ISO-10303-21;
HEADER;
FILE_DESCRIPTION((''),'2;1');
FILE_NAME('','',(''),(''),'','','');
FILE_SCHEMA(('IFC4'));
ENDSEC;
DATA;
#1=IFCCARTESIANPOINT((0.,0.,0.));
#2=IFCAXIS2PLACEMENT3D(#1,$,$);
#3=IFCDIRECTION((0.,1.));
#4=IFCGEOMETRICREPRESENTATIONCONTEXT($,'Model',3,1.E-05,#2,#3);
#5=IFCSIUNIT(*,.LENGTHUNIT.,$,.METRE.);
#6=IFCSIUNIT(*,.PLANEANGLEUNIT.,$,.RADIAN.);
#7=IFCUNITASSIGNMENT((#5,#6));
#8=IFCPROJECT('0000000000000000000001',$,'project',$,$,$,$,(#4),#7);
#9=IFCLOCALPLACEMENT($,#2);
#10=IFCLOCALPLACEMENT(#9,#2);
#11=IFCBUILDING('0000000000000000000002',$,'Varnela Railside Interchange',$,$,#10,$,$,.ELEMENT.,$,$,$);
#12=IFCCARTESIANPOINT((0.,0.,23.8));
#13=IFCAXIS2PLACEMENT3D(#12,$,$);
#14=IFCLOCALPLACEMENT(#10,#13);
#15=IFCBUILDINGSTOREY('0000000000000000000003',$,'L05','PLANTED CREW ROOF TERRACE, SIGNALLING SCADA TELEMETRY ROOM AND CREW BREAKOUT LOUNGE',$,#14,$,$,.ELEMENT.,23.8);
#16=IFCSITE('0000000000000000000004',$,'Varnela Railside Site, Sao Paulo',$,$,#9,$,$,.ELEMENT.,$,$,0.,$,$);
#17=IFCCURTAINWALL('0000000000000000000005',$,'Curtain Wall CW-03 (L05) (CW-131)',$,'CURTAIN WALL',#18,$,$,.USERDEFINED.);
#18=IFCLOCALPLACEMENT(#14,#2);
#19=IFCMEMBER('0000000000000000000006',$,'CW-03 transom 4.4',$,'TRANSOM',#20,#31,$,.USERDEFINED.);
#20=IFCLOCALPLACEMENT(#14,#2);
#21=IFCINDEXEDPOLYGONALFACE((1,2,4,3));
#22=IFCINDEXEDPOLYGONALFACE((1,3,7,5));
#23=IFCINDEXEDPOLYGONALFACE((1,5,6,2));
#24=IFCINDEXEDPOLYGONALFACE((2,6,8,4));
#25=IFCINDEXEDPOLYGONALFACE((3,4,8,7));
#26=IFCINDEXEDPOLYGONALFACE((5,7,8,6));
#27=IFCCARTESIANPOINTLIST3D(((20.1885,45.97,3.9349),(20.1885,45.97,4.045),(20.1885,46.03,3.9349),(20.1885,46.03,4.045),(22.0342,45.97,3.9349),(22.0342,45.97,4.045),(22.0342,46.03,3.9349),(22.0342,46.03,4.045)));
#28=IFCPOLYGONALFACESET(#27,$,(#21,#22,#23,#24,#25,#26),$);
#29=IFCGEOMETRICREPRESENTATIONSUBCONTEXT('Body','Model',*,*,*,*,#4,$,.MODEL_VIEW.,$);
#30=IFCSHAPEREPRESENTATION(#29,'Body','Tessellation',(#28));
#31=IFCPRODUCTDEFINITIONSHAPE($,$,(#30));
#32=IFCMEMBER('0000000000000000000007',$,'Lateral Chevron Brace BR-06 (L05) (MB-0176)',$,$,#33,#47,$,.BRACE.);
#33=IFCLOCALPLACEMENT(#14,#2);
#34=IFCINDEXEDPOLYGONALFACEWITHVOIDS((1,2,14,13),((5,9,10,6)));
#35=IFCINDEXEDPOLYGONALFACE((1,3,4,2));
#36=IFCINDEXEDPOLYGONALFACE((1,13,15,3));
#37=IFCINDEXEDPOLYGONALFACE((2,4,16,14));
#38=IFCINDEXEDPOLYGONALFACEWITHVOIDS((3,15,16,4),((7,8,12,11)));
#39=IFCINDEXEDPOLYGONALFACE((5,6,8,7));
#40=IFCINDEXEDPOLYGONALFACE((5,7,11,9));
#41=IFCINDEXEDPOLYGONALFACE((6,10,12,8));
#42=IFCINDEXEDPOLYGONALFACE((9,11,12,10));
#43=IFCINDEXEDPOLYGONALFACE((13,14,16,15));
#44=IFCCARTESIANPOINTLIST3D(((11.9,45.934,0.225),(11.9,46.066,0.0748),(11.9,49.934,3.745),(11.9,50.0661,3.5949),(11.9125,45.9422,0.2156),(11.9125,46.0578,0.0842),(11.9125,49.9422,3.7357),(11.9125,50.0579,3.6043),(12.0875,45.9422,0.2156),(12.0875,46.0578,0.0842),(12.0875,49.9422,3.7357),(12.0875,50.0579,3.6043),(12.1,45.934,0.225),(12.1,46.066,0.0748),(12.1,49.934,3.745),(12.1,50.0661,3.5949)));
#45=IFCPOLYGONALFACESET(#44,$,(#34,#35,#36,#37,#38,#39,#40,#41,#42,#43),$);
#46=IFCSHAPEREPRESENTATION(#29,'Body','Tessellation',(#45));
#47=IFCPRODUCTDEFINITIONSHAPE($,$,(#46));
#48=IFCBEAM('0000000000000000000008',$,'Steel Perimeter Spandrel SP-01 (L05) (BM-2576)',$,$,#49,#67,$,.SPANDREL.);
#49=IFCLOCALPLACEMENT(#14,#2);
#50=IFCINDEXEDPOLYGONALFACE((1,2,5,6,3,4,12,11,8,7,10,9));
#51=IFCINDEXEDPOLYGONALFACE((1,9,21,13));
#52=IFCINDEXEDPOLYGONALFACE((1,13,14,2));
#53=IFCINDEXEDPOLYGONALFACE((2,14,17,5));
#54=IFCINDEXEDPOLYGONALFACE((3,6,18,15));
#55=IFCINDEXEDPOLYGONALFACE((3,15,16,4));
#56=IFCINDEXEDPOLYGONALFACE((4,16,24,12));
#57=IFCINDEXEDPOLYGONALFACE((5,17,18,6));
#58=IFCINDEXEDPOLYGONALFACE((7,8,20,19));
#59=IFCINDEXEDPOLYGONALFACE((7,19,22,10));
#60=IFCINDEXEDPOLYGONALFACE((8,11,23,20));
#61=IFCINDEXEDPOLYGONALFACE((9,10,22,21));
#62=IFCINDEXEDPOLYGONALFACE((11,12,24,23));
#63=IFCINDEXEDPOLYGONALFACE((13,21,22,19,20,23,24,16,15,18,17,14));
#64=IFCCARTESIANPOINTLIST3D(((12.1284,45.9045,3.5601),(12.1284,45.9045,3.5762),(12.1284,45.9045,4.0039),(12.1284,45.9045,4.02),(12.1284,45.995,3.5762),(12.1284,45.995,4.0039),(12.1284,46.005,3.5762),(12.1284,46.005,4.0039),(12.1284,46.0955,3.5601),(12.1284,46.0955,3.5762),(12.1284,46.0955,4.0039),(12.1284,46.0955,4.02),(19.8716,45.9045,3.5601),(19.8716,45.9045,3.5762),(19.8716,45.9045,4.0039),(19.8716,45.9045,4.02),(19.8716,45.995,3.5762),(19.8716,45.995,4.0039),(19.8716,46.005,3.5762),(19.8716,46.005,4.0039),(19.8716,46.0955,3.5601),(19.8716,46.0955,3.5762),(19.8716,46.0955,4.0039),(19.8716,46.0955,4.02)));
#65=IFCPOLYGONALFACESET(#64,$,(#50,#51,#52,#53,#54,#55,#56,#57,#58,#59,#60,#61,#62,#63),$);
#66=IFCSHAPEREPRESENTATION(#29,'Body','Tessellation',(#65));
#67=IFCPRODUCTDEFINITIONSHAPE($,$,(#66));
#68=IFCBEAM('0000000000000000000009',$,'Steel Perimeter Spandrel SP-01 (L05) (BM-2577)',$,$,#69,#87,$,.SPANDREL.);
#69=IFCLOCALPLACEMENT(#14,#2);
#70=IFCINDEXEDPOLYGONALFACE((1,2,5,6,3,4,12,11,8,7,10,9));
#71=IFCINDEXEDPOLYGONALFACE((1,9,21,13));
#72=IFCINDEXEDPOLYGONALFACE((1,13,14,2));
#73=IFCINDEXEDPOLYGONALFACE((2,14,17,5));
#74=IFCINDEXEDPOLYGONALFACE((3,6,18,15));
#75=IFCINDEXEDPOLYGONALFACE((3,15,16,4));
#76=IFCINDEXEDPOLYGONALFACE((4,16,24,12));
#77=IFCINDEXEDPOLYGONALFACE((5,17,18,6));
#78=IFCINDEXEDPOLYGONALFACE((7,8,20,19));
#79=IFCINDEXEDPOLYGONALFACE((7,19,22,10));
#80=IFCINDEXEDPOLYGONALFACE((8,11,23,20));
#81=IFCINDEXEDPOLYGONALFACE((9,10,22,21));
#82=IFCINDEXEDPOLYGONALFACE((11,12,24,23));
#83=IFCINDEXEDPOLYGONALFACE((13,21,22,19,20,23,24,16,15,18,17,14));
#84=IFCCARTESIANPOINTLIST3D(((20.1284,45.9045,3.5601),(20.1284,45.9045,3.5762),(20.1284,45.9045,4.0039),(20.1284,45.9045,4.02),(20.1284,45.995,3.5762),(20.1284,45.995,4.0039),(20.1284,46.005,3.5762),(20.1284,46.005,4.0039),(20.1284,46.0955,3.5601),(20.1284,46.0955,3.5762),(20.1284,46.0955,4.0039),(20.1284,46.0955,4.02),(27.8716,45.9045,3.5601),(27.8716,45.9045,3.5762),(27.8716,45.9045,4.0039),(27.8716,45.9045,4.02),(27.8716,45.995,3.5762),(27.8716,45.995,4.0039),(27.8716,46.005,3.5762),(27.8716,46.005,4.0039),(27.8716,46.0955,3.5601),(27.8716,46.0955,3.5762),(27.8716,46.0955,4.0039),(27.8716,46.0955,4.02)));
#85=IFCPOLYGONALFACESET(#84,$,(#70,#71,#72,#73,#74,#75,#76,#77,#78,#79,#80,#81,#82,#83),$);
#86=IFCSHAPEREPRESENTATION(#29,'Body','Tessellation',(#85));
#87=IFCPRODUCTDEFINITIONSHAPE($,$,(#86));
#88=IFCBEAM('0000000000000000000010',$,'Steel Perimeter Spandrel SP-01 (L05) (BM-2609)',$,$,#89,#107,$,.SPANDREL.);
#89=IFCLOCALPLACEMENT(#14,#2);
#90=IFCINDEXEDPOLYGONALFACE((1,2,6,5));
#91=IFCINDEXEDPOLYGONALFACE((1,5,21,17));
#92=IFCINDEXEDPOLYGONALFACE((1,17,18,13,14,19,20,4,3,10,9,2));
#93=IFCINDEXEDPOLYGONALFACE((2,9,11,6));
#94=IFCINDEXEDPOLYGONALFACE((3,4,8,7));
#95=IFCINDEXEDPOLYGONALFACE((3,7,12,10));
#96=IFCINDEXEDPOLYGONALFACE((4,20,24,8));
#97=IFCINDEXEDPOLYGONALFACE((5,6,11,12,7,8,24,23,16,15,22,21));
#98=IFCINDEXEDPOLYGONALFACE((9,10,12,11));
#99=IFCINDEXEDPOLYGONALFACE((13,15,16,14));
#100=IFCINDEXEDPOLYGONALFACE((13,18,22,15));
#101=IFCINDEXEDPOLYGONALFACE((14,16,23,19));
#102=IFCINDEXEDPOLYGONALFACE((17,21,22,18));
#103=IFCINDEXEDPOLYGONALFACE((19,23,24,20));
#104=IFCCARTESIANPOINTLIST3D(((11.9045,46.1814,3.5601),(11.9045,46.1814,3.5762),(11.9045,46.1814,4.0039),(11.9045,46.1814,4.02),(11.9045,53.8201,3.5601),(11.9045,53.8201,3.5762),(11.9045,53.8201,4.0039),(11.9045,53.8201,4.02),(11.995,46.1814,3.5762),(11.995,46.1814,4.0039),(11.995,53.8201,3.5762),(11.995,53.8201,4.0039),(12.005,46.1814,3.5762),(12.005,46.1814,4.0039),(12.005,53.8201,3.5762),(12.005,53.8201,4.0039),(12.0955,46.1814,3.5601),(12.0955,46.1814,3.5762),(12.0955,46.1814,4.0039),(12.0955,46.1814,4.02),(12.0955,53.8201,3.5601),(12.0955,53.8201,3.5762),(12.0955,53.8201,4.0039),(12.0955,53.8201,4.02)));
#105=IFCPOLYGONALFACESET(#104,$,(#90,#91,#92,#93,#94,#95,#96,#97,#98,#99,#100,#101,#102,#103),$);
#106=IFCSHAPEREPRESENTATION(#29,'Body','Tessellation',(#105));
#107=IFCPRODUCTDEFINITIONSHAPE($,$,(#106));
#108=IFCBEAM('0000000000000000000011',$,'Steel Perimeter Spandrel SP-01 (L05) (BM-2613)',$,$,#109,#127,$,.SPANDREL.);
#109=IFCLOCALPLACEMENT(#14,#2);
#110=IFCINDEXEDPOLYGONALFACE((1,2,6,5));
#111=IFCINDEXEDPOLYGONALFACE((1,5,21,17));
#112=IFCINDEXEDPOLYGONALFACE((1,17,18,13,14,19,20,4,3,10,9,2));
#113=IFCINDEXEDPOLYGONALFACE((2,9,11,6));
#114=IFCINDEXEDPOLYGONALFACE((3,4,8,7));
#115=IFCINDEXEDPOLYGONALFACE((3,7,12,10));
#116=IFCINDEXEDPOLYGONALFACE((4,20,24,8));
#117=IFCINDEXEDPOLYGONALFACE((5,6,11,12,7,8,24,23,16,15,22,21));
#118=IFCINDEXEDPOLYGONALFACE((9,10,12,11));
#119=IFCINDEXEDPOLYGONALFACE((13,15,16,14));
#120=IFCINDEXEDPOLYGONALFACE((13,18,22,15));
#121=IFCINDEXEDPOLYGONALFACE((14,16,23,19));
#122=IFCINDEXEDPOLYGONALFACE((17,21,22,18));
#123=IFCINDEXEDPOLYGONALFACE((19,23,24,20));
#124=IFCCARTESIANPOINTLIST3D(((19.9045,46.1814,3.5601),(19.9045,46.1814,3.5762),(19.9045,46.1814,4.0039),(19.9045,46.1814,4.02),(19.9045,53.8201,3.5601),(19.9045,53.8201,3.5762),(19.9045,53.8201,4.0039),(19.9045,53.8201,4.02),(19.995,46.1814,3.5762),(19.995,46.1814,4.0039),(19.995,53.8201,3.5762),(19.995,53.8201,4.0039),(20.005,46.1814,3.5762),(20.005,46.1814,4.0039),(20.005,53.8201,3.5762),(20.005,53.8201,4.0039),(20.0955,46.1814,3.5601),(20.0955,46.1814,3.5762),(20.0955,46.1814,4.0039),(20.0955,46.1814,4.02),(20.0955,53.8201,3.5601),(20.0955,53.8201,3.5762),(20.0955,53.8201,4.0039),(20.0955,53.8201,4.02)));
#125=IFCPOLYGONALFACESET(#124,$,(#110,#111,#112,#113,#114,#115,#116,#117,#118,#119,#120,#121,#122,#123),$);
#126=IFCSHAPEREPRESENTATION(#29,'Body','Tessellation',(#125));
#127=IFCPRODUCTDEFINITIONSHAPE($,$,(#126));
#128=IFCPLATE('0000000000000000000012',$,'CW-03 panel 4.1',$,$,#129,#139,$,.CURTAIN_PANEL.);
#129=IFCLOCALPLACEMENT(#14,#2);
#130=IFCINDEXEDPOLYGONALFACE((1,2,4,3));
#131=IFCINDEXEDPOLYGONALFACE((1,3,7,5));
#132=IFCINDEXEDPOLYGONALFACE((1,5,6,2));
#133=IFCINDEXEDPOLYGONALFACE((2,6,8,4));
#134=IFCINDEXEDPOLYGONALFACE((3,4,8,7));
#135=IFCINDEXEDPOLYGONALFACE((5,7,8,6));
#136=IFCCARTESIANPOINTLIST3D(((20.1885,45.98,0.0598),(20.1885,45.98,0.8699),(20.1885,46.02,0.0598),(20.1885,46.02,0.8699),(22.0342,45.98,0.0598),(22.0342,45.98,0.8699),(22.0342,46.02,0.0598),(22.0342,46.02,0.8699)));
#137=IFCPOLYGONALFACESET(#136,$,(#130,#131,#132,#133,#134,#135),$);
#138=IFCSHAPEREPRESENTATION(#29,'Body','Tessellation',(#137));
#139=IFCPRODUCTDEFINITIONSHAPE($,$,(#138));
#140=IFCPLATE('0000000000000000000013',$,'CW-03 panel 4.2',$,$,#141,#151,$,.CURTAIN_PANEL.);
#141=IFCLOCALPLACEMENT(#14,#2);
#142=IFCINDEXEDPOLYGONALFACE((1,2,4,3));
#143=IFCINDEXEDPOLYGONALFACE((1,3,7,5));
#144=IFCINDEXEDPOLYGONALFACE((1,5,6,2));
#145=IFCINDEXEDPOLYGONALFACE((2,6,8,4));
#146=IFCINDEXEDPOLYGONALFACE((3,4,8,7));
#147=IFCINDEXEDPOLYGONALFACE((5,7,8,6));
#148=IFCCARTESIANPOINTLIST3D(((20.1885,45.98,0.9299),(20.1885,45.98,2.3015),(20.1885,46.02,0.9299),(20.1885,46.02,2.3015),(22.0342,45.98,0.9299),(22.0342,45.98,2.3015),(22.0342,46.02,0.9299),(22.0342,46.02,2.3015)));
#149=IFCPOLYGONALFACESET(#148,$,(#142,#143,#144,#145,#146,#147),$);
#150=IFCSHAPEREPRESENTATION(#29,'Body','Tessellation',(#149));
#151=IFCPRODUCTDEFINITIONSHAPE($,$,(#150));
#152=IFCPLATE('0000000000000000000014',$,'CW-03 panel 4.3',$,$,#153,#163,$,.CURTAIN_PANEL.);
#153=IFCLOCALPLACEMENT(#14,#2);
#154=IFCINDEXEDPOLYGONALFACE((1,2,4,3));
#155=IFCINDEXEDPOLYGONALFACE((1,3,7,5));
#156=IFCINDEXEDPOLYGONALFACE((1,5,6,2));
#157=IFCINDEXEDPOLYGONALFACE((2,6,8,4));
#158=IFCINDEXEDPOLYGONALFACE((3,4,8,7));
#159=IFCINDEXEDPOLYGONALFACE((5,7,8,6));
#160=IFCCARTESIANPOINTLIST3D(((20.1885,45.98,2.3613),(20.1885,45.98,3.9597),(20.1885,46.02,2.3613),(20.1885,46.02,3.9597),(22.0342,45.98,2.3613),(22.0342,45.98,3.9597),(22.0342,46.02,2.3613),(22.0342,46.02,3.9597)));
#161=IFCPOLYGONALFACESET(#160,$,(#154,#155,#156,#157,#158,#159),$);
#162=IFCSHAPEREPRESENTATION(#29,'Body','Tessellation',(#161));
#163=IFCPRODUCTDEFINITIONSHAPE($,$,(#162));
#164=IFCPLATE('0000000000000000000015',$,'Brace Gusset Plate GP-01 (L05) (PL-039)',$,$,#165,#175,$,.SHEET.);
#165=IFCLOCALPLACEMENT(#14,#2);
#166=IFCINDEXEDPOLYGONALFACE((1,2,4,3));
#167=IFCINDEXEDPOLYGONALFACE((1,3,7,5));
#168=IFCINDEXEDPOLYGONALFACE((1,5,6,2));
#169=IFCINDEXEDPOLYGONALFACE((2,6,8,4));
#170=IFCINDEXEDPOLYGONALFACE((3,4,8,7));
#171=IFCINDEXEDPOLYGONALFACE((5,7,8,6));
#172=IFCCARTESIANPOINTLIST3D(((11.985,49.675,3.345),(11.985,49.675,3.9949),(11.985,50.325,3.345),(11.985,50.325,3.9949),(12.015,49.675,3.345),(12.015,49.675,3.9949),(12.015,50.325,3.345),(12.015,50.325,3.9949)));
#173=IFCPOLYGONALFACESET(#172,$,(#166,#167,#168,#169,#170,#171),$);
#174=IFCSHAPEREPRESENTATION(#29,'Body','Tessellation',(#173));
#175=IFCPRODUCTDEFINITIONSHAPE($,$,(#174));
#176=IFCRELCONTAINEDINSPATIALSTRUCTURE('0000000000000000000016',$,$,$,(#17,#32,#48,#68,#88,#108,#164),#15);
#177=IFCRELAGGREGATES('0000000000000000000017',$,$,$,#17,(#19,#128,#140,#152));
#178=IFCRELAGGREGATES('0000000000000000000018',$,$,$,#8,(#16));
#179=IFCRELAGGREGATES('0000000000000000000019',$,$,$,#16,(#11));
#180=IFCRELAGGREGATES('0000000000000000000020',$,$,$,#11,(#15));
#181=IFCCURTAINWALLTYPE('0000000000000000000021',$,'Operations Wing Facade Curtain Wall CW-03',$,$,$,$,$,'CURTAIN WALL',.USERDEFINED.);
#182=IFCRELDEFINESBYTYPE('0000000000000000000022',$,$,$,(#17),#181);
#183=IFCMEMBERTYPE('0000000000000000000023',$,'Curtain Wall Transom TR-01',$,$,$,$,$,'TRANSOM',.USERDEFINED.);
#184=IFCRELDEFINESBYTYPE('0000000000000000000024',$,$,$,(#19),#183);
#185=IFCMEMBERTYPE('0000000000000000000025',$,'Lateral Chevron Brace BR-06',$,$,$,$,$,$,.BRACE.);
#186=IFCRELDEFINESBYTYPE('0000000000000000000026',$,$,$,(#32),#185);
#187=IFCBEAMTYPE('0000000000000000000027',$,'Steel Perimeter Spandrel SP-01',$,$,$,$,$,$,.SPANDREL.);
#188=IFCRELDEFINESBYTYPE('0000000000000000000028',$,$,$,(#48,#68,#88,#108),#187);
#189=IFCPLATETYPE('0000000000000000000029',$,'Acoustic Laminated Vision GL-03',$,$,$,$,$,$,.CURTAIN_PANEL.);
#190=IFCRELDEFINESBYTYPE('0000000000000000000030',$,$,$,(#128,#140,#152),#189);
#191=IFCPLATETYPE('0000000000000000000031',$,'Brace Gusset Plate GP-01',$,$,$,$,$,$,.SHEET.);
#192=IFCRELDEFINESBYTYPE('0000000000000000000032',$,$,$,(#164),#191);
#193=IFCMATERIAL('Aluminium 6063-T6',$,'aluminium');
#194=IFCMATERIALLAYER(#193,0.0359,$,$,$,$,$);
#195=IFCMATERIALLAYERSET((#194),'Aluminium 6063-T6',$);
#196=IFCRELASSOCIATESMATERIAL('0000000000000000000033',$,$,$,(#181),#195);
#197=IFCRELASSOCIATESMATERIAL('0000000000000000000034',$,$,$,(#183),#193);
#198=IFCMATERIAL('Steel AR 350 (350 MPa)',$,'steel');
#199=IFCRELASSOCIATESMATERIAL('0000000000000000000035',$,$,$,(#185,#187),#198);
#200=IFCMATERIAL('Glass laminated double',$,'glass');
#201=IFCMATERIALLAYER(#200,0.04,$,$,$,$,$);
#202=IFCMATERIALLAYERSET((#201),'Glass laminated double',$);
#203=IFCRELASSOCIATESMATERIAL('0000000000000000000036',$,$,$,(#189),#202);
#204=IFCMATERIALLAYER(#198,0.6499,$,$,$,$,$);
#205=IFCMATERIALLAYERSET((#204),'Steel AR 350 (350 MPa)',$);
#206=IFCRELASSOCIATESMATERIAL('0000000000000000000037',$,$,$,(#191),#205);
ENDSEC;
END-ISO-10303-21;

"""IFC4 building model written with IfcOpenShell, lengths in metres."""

from ifc_helpers import new_model, si_unit, direction, frame, origin, origin_2d, place, context, subcontext, project, spatial, rectangle, hollow_rectangle, i_section, extrude, material, layer, layer_set, material_profile, profile_set, type_object, element, aggregate, save


model = new_model("IFC4")

# Units and contexts
model_context = context("Model", 3, precision=1e-05, world=origin(), true_north=direction((0.0, 1.0)))
body_context = subcontext(model_context, "Body", "Model", "MODEL_VIEW")
ifc_project = project(units=[si_unit("LENGTHUNIT", "METRE"), si_unit("PLANEANGLEUNIT", "RADIAN")], contexts=[model_context])

# Site, building, storey
site_placement = place(None, origin())
site = spatial("IfcSite", under=ifc_project, at=site_placement, Name="Varnela Railside Site, Sao Paulo", CompositionType="ELEMENT", RefElevation=0.0)
building_placement = place(site_placement, origin())
building = spatial("IfcBuilding", under=site, at=building_placement, Name="Varnela Railside Interchange", CompositionType="ELEMENT")
storey_placement = place(building_placement, frame((0.0, 0.0, 23.8)))
storey = spatial("IfcBuildingStorey", under=building, at=storey_placement, Name="L05", Description="PLANTED CREW ROOF TERRACE, SIGNALLING SCADA TELEMETRY ROOM AND CREW BREAKOUT LOUNGE", CompositionType="ELEMENT", Elevation=23.8)

# Shared definitions
ifc_material_1 = material(Name="Steel AR 350 (350 MPa)", Category="steel")

# Curtain wall, member
ifc_material_2 = material(Name="Aluminium 6063-T6", Category="aluminium")
ifc_layer_1 = layer(ifc_material_2, 0.0359)
ifc_layer_set_1 = layer_set([ifc_layer_1], Name="Aluminium 6063-T6")
curtain_wall_type = type_object("IfcCurtainWallType", Name="Operations Wing Facade Curtain Wall CW-03", ElementType="CURTAIN WALL", PredefinedType="USERDEFINED", material=ifc_layer_set_1)
curtain_wall_placement = place(storey_placement, origin())
curtain_wall = element("IfcCurtainWall", 1, at=curtain_wall_placement, inside=storey, type_object=curtain_wall_type, Name="Curtain Wall CW-03 (L05) (CW-131)", ObjectType="CURTAIN WALL", PredefinedType="USERDEFINED")
ifc_material_profile_1 = material_profile(ifc_material_2, rectangle(XDim=0.0601, YDim=0.1101, at=origin_2d()), Name="ALU 60x110")
ifc_profile_set_1 = profile_set([ifc_material_profile_1], Name="Aluminium 6063-T6")
member_type_1 = type_object("IfcMemberType", Name="Curtain Wall Transom TR-01", ElementType="TRANSOM", PredefinedType="USERDEFINED", material=ifc_profile_set_1)
member_1_placement = place(storey_placement, frame((22.0342, 46.0, 3.99), z_axis=(-1.0, 0.0, 0.0), x_axis=(0.0, -1.0, 0.0)))
member_1 = element("IfcMember", 2, at=member_1_placement, type_object=member_type_1, Name="CW-03 transom 4.4", ObjectType="TRANSOM", PredefinedType="USERDEFINED", context=body_context, shape_type="SweptSolid", body=[
    extrude(rectangle(XDim=0.0601, YDim=0.1101, at=origin_2d()), origin(), (0.0, 0.0, 1.0), 1.8457),
])

# Member
ifc_material_profile_2 = material_profile(ifc_material_1, hollow_rectangle(XDim=0.2, YDim=0.2, WallThickness=0.0125, at=origin_2d()), Name="HSS 200x200x12.5")
ifc_profile_set_2 = profile_set([ifc_material_profile_2], Name="Steel AR 350 (350 MPa)")
member_type_2 = type_object("IfcMemberType", Name="Lateral Chevron Brace BR-06", PredefinedType="BRACE", material=ifc_profile_set_2)
member_2_placement = place(storey_placement, frame((12.0, 46.0, 0.1499), z_axis=(0.0, 0.750712, 0.66063), x_axis=(-1.0, 0.0, 0.0)))
element("IfcMember", 3, at=member_2_placement, inside=storey, type_object=member_type_2, Name="Lateral Chevron Brace BR-06 (L05) (MB-0176)", PredefinedType="BRACE", context=body_context, shape_type="SweptSolid", body=[
    extrude(hollow_rectangle(XDim=0.2, YDim=0.2, WallThickness=0.0125, at=origin_2d()), origin(), (0.0, 0.0, 1.0), 5.3284),
])

# Beams
ifc_material_profile_3 = material_profile(ifc_material_1, i_section(OverallWidth=0.1909, OverallDepth=0.46, WebThickness=0.01, FlangeThickness=0.0161, at=origin_2d()), Name="W460x82")
ifc_profile_set_3 = profile_set([ifc_material_profile_3], Name="Steel AR 350 (350 MPa)")
beam_type_1 = type_object("IfcBeamType", Name="Steel Perimeter Spandrel SP-01", PredefinedType="SPANDREL", material=ifc_profile_set_3)
for number, where, z_axis, x_axis, name in (
    (4, (12.1284, 46.0, 3.79), (1.0, 0.0, 0.0), (0.0, 1.0, 0.0), "Steel Perimeter Spandrel SP-01 (L05) (BM-2576)"),
    (5, (20.1284, 46.0, 3.79), (1.0, 0.0, 0.0), (0.0, 1.0, 0.0), "Steel Perimeter Spandrel SP-01 (L05) (BM-2577)"),
):
    element("IfcBeam", number, at=place(storey_placement, frame(where, z_axis=z_axis, x_axis=x_axis)), inside=storey, type_object=beam_type_1, Name=name, PredefinedType="SPANDREL", context=body_context, shape_type="SweptSolid", body=[
        extrude(i_section(OverallWidth=0.1909, OverallDepth=0.46, WebThickness=0.01, FlangeThickness=0.0161, at=origin_2d()), origin(), (0.0, 0.0, 1.0), 7.7432),
    ])
for number, where, z_axis, x_axis, name in (
    (6, (12.0, 46.1814, 3.79), (0.0, 1.0, 0.0), (-1.0, 0.0, 0.0), "Steel Perimeter Spandrel SP-01 (L05) (BM-2609)"),
    (7, (20.0, 46.1814, 3.79), (0.0, 1.0, 0.0), (-1.0, 0.0, 0.0), "Steel Perimeter Spandrel SP-01 (L05) (BM-2613)"),
):
    element("IfcBeam", number, at=place(storey_placement, frame(where, z_axis=z_axis, x_axis=x_axis)), inside=storey, type_object=beam_type_1, Name=name, PredefinedType="SPANDREL", context=body_context, shape_type="SweptSolid", body=[
        extrude(i_section(OverallWidth=0.1909, OverallDepth=0.46, WebThickness=0.01, FlangeThickness=0.0161, at=origin_2d()), origin(), (0.0, 0.0, 1.0), 7.6387),
    ])

# Plates
ifc_material_3 = material(Name="Glass laminated double", Category="glass")
ifc_layer_2 = layer(ifc_material_3, 0.04)
ifc_layer_set_2 = layer_set([ifc_layer_2], Name="Glass laminated double")
plate_type_1 = type_object("IfcPlateType", Name="Acoustic Laminated Vision GL-03", PredefinedType="CURTAIN_PANEL", material=ifc_layer_set_2)
plate_1_placement = place(storey_placement, frame((21.1113, 46.0, 0.0598), z_axis=(0.0, 0.0, 1.0), x_axis=(-1.0, 0.0, 0.0)))
plate_1 = element("IfcPlate", 8, at=plate_1_placement, type_object=plate_type_1, Name="CW-03 panel 4.1", PredefinedType="CURTAIN_PANEL", context=body_context, shape_type="SweptSolid", body=[
    extrude(rectangle(XDim=1.8457, YDim=0.04, at=origin_2d()), origin(), (0.0, 0.0, 1.0), 0.8101),
])
plate_2_placement = place(storey_placement, frame((21.1113, 46.0, 0.9299), z_axis=(0.0, 0.0, 1.0), x_axis=(-1.0, 0.0, 0.0)))
plate_2 = element("IfcPlate", 9, at=plate_2_placement, type_object=plate_type_1, Name="CW-03 panel 4.2", PredefinedType="CURTAIN_PANEL", context=body_context, shape_type="SweptSolid", body=[
    extrude(rectangle(XDim=1.8457, YDim=0.04, at=origin_2d()), origin(), (0.0, 0.0, 1.0), 1.3716),
])
plate_3_placement = place(storey_placement, frame((21.1113, 46.0, 2.3613), z_axis=(0.0, 0.0, 1.0), x_axis=(-1.0, 0.0, 0.0)))
plate_3 = element("IfcPlate", 10, at=plate_3_placement, type_object=plate_type_1, Name="CW-03 panel 4.3", PredefinedType="CURTAIN_PANEL", context=body_context, shape_type="SweptSolid", body=[
    extrude(rectangle(XDim=1.8457, YDim=0.04, at=origin_2d()), origin(), (0.0, 0.0, 1.0), 1.5984),
])
aggregate(curtain_wall, [member_1, plate_1, plate_2, plate_3])
ifc_layer_3 = layer(ifc_material_1, 0.6499)
ifc_layer_set_3 = layer_set([ifc_layer_3], Name="Steel AR 350 (350 MPa)")
plate_type_2 = type_object("IfcPlateType", Name="Brace Gusset Plate GP-01", PredefinedType="SHEET", material=ifc_layer_set_3)
plate_4_placement = place(storey_placement, frame((12.0, 50.0, 3.345), z_axis=(0.0, 0.0, 1.0), x_axis=(0.0, 1.0, 0.0)))
element("IfcPlate", 11, at=plate_4_placement, inside=storey, type_object=plate_type_2, Name="Brace Gusset Plate GP-01 (L05) (PL-039)", PredefinedType="SHEET", context=body_context, shape_type="SweptSolid", body=[
    extrude(rectangle(XDim=0.6499, YDim=0.03, at=origin_2d()), origin(), (0.0, 0.0, 1.0), 0.6499),
])

save(model, "model.ifc")
